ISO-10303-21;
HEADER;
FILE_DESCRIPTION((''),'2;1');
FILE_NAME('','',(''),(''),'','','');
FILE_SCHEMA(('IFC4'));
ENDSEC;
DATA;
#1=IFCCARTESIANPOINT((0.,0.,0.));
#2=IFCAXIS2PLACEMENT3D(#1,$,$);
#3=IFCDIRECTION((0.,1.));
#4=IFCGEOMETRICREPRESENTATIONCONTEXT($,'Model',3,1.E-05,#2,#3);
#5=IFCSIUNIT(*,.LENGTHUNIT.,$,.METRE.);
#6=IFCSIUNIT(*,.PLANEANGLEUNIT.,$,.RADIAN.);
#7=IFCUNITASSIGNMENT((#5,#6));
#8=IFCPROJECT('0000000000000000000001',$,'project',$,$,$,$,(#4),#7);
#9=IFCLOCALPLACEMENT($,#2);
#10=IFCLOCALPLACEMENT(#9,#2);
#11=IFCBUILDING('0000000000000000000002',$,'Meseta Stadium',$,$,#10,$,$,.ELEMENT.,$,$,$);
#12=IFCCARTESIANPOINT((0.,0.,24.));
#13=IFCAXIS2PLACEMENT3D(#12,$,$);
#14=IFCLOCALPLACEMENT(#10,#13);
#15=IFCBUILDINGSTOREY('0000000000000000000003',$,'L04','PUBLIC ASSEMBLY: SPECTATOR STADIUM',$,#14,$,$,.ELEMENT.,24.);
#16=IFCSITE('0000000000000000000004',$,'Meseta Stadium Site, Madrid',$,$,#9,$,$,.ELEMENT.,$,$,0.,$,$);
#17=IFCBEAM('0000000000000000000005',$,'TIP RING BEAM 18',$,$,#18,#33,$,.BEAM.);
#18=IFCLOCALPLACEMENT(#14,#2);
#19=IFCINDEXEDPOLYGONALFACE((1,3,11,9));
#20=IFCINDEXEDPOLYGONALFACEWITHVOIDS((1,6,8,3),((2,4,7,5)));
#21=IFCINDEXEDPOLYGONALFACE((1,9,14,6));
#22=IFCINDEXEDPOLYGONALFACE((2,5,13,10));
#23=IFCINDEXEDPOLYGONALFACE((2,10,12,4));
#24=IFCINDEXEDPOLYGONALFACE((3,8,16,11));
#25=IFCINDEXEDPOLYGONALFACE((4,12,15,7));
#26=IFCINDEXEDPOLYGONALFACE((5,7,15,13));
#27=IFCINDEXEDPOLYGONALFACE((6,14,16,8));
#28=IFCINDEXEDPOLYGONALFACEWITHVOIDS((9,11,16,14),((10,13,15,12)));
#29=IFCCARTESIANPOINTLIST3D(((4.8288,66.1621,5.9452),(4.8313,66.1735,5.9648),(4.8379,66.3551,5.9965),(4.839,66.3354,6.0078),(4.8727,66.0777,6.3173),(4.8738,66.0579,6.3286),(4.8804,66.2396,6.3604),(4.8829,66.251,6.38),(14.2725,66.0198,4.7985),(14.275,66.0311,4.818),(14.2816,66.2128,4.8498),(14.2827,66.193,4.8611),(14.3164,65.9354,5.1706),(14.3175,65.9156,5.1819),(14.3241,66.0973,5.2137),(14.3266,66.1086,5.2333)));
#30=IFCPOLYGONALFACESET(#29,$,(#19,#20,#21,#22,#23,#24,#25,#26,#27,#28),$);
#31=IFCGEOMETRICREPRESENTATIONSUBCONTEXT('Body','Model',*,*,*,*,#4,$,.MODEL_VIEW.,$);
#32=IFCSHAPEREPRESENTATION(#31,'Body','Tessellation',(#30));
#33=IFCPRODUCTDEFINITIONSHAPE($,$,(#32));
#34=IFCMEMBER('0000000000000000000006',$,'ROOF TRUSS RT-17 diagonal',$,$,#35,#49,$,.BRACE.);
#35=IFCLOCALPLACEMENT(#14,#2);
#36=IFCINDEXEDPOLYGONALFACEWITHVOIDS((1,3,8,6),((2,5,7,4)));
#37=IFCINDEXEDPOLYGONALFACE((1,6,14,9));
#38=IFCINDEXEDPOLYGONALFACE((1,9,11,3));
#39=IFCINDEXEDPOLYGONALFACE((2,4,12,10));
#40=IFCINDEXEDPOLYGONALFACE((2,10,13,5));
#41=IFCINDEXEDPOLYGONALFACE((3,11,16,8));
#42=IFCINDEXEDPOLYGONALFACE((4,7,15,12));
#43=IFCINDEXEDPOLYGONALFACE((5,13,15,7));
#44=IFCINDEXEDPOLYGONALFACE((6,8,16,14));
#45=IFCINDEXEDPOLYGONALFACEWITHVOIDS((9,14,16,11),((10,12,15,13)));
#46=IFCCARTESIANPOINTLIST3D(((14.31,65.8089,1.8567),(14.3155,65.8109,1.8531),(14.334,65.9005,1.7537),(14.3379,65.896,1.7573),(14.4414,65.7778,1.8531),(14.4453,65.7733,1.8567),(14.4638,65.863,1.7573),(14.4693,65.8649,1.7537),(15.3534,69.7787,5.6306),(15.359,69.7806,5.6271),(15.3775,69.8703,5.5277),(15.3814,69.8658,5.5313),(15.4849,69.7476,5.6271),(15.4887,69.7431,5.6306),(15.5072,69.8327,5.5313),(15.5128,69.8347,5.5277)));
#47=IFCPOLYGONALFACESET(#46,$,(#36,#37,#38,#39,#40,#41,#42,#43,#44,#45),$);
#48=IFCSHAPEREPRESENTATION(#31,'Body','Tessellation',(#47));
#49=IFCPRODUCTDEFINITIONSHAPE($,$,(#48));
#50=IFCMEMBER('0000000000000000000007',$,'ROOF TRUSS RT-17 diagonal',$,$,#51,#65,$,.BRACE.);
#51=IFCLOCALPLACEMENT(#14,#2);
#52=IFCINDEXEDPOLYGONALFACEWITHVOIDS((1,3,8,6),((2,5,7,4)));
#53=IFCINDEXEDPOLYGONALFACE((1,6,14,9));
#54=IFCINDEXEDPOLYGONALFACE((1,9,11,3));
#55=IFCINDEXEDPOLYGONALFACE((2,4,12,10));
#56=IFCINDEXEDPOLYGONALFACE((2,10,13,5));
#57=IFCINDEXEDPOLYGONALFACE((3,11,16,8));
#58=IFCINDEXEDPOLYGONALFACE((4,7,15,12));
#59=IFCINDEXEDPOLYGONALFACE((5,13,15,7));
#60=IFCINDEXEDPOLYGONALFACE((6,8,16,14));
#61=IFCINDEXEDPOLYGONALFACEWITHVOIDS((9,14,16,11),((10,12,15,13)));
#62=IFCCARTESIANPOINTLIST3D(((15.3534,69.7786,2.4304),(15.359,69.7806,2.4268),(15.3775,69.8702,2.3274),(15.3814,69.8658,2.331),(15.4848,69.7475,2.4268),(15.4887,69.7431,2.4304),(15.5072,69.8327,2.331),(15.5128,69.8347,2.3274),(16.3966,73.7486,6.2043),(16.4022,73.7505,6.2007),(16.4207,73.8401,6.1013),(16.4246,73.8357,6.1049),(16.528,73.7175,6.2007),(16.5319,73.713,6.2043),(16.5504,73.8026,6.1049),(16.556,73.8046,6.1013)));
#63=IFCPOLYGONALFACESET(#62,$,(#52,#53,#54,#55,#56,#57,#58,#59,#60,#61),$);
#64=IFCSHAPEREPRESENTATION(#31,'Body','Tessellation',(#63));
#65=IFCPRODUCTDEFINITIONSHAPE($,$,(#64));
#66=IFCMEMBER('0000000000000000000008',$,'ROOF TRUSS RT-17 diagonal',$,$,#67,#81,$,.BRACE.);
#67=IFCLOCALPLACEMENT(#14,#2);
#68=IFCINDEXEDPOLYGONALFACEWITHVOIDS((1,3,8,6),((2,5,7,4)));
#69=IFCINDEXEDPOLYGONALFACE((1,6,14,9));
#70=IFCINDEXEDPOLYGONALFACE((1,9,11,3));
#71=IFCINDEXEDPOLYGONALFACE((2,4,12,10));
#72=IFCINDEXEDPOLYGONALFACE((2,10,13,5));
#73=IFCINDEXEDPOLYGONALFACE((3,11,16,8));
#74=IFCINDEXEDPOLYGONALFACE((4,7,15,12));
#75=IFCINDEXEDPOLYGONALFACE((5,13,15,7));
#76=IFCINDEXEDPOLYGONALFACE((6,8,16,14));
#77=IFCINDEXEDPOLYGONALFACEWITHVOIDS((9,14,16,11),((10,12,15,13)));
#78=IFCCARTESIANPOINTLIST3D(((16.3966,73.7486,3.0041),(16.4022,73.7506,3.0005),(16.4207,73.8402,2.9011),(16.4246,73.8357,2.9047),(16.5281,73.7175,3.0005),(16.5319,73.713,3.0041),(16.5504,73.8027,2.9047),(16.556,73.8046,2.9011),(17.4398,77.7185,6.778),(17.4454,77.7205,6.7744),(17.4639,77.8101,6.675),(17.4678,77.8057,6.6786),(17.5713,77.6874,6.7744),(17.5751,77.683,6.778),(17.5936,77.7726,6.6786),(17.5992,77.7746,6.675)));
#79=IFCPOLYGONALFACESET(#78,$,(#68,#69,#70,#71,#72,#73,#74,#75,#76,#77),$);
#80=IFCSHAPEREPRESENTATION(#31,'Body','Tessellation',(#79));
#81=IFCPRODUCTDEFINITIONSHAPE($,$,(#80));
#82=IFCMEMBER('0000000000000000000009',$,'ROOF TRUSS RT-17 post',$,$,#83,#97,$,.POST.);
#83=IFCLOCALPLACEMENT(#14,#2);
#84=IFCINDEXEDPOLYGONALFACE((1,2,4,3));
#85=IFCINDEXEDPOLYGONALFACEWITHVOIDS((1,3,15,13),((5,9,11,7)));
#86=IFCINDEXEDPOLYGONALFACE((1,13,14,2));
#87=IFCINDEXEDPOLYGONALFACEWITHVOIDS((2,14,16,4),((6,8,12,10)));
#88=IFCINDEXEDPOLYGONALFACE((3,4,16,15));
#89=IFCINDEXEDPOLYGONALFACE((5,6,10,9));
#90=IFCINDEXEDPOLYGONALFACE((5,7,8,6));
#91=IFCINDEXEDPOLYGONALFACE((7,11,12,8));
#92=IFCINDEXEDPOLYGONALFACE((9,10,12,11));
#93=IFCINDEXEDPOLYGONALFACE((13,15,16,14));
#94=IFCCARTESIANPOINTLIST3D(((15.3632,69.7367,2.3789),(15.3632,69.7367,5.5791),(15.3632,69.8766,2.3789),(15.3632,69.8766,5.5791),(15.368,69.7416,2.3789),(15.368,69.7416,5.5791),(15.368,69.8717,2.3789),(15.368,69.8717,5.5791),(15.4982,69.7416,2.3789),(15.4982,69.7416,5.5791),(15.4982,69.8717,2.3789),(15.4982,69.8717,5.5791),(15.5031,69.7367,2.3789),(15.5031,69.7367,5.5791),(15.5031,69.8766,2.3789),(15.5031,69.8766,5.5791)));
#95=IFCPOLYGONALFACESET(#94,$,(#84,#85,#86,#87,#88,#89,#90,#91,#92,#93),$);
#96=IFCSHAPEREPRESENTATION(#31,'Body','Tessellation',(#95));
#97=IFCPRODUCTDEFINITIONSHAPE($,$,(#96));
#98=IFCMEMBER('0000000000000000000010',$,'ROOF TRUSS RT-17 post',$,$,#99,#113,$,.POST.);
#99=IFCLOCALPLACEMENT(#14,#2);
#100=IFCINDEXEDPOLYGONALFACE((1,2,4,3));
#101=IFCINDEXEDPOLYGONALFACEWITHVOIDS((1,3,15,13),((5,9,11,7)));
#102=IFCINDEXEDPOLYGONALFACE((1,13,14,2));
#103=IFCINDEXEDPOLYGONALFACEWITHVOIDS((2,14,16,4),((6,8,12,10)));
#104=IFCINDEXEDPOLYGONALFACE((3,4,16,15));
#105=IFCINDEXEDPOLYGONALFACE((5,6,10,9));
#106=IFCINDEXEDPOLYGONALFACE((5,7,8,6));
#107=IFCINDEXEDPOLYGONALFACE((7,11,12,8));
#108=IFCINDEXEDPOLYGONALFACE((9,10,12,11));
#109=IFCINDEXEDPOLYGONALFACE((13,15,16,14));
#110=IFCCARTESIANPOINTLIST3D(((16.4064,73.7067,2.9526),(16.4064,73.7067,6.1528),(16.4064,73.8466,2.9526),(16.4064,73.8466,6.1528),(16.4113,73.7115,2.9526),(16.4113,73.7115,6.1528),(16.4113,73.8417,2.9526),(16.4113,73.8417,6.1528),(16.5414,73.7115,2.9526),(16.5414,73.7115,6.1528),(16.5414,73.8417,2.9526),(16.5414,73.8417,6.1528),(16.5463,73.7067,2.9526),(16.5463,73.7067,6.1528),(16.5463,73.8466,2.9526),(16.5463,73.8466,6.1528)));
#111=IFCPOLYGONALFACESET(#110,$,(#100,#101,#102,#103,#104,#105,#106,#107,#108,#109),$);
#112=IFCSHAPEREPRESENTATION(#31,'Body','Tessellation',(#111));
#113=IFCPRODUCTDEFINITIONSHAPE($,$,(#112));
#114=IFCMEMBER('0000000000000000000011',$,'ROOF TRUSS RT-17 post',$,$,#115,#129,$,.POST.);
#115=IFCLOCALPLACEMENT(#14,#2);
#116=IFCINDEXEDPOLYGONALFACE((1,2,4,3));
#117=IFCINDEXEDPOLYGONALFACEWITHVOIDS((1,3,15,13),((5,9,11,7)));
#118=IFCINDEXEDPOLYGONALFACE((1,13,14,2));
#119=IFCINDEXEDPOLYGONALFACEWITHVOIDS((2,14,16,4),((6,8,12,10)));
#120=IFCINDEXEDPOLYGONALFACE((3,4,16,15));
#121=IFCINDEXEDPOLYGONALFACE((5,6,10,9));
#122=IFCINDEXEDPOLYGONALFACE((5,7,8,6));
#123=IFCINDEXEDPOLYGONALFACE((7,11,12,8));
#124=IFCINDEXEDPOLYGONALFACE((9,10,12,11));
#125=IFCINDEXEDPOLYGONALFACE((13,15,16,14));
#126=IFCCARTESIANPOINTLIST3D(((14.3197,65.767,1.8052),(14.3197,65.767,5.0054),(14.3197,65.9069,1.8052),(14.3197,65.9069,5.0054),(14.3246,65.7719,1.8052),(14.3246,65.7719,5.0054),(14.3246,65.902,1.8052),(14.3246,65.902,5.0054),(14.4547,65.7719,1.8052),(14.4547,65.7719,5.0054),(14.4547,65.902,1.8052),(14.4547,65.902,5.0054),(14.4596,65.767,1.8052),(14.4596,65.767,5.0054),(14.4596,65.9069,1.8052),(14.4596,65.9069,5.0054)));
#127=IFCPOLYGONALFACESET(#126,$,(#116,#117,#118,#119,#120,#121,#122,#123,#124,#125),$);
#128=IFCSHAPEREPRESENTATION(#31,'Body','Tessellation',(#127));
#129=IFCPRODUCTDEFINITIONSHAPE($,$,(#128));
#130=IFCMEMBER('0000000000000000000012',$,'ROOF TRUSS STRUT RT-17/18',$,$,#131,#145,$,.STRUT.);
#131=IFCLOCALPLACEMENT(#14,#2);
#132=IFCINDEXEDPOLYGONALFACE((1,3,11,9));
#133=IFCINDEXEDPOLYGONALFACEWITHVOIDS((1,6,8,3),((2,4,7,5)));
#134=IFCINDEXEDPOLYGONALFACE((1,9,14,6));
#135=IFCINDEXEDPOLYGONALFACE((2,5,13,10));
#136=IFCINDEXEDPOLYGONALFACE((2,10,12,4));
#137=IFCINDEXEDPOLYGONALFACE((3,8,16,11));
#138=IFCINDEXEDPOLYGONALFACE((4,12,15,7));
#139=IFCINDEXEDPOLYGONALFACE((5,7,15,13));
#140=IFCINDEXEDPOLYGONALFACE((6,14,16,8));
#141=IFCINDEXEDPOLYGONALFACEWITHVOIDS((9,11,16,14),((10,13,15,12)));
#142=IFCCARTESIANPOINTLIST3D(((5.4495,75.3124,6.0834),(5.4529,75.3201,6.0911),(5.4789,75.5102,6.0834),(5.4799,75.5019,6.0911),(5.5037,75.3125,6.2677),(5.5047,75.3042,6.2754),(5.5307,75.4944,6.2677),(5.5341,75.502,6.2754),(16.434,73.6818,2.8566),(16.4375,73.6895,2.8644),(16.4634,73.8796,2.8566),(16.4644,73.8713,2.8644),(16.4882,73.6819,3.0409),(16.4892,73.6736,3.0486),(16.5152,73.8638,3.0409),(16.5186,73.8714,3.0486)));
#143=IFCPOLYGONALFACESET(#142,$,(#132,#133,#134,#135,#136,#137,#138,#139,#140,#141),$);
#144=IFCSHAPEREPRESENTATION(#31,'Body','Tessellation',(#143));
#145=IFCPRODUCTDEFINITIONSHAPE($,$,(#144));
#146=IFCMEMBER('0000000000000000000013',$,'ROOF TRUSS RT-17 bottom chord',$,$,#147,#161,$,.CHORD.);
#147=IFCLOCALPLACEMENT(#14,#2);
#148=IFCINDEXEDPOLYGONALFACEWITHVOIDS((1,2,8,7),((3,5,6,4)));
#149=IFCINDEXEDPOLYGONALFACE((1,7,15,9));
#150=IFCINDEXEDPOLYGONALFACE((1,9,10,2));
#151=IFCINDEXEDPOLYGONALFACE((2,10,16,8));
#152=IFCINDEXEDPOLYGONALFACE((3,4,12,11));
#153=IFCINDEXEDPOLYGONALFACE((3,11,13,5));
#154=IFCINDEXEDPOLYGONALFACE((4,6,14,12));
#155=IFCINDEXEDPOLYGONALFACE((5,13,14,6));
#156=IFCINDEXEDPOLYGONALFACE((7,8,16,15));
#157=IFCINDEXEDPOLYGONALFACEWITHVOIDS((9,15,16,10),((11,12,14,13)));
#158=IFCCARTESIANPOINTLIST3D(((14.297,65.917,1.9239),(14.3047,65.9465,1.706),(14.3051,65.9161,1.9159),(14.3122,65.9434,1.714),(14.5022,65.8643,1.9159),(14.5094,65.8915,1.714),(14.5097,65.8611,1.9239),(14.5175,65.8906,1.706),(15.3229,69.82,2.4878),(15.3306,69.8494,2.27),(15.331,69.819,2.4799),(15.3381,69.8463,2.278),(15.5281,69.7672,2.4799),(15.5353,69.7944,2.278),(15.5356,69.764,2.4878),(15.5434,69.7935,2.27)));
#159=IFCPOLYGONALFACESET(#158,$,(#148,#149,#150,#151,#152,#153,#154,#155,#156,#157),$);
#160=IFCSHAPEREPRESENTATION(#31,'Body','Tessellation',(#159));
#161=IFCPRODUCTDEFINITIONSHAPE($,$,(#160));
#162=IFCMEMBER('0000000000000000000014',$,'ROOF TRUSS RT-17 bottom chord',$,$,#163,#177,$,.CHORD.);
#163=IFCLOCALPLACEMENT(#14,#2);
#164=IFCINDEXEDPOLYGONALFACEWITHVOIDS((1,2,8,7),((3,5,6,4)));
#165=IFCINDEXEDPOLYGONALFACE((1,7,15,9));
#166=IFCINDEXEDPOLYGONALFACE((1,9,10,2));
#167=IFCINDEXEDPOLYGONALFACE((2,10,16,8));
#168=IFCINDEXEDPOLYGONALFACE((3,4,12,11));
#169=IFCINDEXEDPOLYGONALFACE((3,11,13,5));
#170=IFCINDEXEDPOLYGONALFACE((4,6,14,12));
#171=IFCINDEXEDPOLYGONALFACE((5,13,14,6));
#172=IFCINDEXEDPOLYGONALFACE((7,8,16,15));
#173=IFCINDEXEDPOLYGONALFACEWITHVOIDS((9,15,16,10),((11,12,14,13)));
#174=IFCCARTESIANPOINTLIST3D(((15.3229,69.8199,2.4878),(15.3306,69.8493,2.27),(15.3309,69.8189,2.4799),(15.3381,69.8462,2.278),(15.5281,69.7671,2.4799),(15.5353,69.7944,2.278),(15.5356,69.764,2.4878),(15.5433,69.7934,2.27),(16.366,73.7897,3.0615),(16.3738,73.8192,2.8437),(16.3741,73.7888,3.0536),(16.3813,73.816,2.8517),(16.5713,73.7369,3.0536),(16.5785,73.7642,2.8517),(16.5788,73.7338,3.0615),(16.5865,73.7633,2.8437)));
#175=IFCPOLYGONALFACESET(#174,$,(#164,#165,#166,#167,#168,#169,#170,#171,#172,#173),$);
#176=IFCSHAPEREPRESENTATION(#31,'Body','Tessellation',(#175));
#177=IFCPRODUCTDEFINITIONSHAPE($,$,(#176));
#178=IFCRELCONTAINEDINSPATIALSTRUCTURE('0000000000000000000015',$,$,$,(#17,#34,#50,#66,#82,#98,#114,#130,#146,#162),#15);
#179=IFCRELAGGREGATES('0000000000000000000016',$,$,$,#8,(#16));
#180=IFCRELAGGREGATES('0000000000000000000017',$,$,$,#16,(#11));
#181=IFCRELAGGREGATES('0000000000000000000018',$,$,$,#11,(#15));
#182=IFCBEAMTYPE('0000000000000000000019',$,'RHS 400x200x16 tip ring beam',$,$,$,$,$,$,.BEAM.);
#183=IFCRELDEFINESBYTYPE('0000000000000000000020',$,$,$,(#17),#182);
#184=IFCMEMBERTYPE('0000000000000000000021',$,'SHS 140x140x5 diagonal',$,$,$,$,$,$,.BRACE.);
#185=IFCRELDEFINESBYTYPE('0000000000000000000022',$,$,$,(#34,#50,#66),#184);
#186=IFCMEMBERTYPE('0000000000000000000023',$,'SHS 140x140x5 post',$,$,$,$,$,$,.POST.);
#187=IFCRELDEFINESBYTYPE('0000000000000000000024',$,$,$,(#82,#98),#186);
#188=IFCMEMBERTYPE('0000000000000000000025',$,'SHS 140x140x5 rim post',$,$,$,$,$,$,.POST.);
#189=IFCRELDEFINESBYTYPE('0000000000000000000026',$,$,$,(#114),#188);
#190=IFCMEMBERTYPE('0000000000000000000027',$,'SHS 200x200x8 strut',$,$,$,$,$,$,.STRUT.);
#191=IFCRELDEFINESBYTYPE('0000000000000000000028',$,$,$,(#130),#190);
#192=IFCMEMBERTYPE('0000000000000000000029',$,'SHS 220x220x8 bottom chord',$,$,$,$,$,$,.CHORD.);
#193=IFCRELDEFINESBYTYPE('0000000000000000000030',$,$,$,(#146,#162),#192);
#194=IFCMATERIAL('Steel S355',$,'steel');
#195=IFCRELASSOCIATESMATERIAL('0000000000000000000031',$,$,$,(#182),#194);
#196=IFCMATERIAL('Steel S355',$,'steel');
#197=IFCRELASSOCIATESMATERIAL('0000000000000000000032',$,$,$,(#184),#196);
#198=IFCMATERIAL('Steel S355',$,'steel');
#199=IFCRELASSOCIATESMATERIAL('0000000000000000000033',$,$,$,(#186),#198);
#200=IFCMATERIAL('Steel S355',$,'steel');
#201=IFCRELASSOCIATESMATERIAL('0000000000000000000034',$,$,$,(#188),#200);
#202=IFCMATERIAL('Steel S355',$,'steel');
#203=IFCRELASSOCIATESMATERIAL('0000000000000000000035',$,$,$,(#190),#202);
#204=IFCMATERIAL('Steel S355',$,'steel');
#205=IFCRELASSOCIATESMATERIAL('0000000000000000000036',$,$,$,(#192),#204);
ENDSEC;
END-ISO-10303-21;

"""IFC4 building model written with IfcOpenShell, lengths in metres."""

from ifc_helpers import new_model, si_unit, direction, frame, origin, origin_2d, place, context, subcontext, project, spatial, hollow_rectangle, extrude, material, material_profile, profile_set, type_object, element, save


model = new_model("IFC4")

# Units and contexts
model_context = context("Model", 3, precision=1e-05, world=origin(), true_north=direction((0.0, 1.0)))
body_context = subcontext(model_context, "Body", "Model", "MODEL_VIEW")
ifc_project = project(units=[si_unit("LENGTHUNIT", "METRE"), si_unit("PLANEANGLEUNIT", "RADIAN")], contexts=[model_context])

# Site, building, storey
site_placement = place(None, origin())
site = spatial("IfcSite", under=ifc_project, at=site_placement, Name="Meseta Stadium Site, Madrid", CompositionType="ELEMENT", RefElevation=0.0)
building_placement = place(site_placement, origin())
building = spatial("IfcBuilding", under=site, at=building_placement, Name="Meseta Stadium", CompositionType="ELEMENT")
storey_placement = place(building_placement, frame((0.0, 0.0, 24.0)))
storey = spatial("IfcBuildingStorey", under=building, at=storey_placement, Name="L04", Description="PUBLIC ASSEMBLY: SPECTATOR STADIUM", CompositionType="ELEMENT", Elevation=24.0)

# Beam
ifc_material_1 = material(Name="Steel S355", Category="steel")
ifc_material_profile_1 = material_profile(ifc_material_1, hollow_rectangle(XDim=0.2, YDim=0.3999, WallThickness=0.0161, at=origin_2d()), Name="RHS 400x200x16")
ifc_profile_set_1 = profile_set([ifc_material_profile_1], Name="Steel S355")
beam_type = type_object("IfcBeamType", Name="RHS 400x200x16 tip ring beam", PredefinedType="BEAM", material=ifc_profile_set_1)
beam_placement = place(storey_placement, frame((14.2996, 66.0642, 5.0159), z_axis=(-0.992597, 0.01496, 0.120527), x_axis=(-0.045738, -0.965369, -0.256848)))
element("IfcBeam", 1, at=beam_placement, inside=storey, type_object=beam_type, Name="TIP RING BEAM 18", PredefinedType="BEAM", context=body_context, shape_type="SweptSolid", body=[
    extrude(hollow_rectangle(XDim=0.2, YDim=0.3999, WallThickness=0.0161, at=origin_2d()), origin(), (0.0, 0.0, 1.0), 9.5142),
])

# Members
ifc_material_2 = material(Name="Steel S355", Category="steel")
ifc_material_profile_2 = material_profile(ifc_material_2, hollow_rectangle(XDim=0.1399, YDim=0.1399, WallThickness=0.0049, at=origin_2d()), Name="SHS 140x140x5")
ifc_profile_set_2 = profile_set([ifc_material_profile_2], Name="Steel S355")
member_type_1 = type_object("IfcMemberType", Name="SHS 140x140x5 diagonal", PredefinedType="BRACE", material=ifc_profile_set_2)
for number, where, z_axis, x_axis, name in (
    (2, (14.3896, 65.8369, 1.8052), (0.187139, 0.711951, 0.676835), (-0.967147, 0.254218, 0.0), "ROOF TRUSS RT-17 diagonal"),
    (3, (15.4331, 69.8066, 2.3789), (0.187091, 0.711978, 0.676819), (-0.967165, 0.254148, 0.0), "ROOF TRUSS RT-17 diagonal"),
    (4, (16.4763, 73.7766, 2.9526), (0.187091, 0.711978, 0.676819), (-0.967165, 0.254148, 0.0), "ROOF TRUSS RT-17 diagonal"),
):
    element("IfcMember", number, at=place(storey_placement, frame(where, z_axis=z_axis, x_axis=x_axis)), inside=storey, type_object=member_type_1, Name=name, PredefinedType="BRACE", context=body_context, shape_type="SweptSolid", body=[
        extrude(hollow_rectangle(XDim=0.1399, YDim=0.1399, WallThickness=0.0049, at=origin_2d()), origin(), (0.0, 0.0, 1.0), 5.5759),
    ])
ifc_material_3 = material(Name="Steel S355", Category="steel")
ifc_material_profile_3 = material_profile(ifc_material_3, hollow_rectangle(XDim=0.1399, YDim=0.1399, WallThickness=0.0049, at=origin_2d()), Name="SHS 140x140x5")
ifc_profile_set_3 = profile_set([ifc_material_profile_3], Name="Steel S355")
member_type_2 = type_object("IfcMemberType", Name="SHS 140x140x5 post", PredefinedType="POST", material=ifc_profile_set_3)
for number, where, z_axis, x_axis, name in (
    (5, (15.4331, 69.8066, 2.3789), (0.0, 0.0, 1.0), (1.0, 0.0, 0.0), "ROOF TRUSS RT-17 post"),
    (6, (16.4763, 73.7766, 2.9526), (0.0, 0.0, 1.0), (1.0, 0.0, 0.0), "ROOF TRUSS RT-17 post"),
):
    element("IfcMember", number, at=place(storey_placement, frame(where, z_axis=z_axis, x_axis=x_axis)), inside=storey, type_object=member_type_2, Name=name, PredefinedType="POST", context=body_context, shape_type="SweptSolid", body=[
        extrude(hollow_rectangle(XDim=0.1399, YDim=0.1399, WallThickness=0.0049, at=origin_2d()), origin(), (0.0, 0.0, 1.0), 3.2002),
    ])
ifc_material_4 = material(Name="Steel S355", Category="steel")
ifc_material_profile_4 = material_profile(ifc_material_4, hollow_rectangle(XDim=0.1399, YDim=0.1399, WallThickness=0.0049, at=origin_2d()), Name="SHS 140x140x5")
ifc_profile_set_4 = profile_set([ifc_material_profile_4], Name="Steel S355")
member_type_3 = type_object("IfcMemberType", Name="SHS 140x140x5 rim post", PredefinedType="POST", material=ifc_profile_set_4)
member_1_placement = place(storey_placement, frame((14.3896, 65.8369, 1.8052), z_axis=(0.0, 0.0, 1.0), x_axis=(1.0, 0.0, 0.0)))
element("IfcMember", 7, at=member_1_placement, inside=storey, type_object=member_type_3, Name="ROOF TRUSS RT-17 post", PredefinedType="POST", context=body_context, shape_type="SweptSolid", body=[
    extrude(hollow_rectangle(XDim=0.1399, YDim=0.1399, WallThickness=0.0049, at=origin_2d()), origin(), (0.0, 0.0, 1.0), 3.2002),
])
ifc_material_5 = material(Name="Steel S355", Category="steel")
ifc_material_profile_5 = material_profile(ifc_material_5, hollow_rectangle(XDim=0.2, YDim=0.2, WallThickness=0.0081, at=origin_2d()), Name="SHS 200x200x8")
ifc_profile_set_5 = profile_set([ifc_material_profile_5], Name="Steel S355")
member_type_4 = type_object("IfcMemberType", Name="SHS 200x200x8 strut", PredefinedType="STRUT", material=ifc_profile_set_5)
member_2_placement = place(storey_placement, frame((16.4763, 73.7766, 2.9526), z_axis=(-0.949873, 0.141004, 0.279032), x_axis=(-0.146836, -0.989161, 0.0)))
element("IfcMember", 8, at=member_2_placement, inside=storey, type_object=member_type_4, Name="ROOF TRUSS STRUT RT-17/18", PredefinedType="STRUT", context=body_context, shape_type="SweptSolid", body=[
    extrude(hollow_rectangle(XDim=0.2, YDim=0.2, WallThickness=0.0081, at=origin_2d()), origin(), (0.0, 0.0, 1.0), 11.5642),
])
ifc_material_6 = material(Name="Steel S355", Category="steel")
ifc_material_profile_6 = material_profile(ifc_material_6, hollow_rectangle(XDim=0.22, YDim=0.22, WallThickness=0.0081, at=origin_2d()), Name="SHS 220x220x8")
ifc_profile_set_6 = profile_set([ifc_material_profile_6], Name="Steel S355")
member_type_5 = type_object("IfcMemberType", Name="SHS 220x220x8 bottom chord", PredefinedType="CHORD", material=ifc_profile_set_6)
member_3_placement = place(storey_placement, frame((14.4072, 65.9038, 1.8149), z_axis=(0.251772, 0.957838, 0.138409), x_axis=(-0.967147, 0.254219, 0.0)))
element("IfcMember", 9, at=member_3_placement, inside=storey, type_object=member_type_5, Name="ROOF TRUSS RT-17 bottom chord", PredefinedType="CHORD", context=body_context, shape_type="SweptSolid", body=[
    extrude(hollow_rectangle(XDim=0.22, YDim=0.22, WallThickness=0.0081, at=origin_2d()), origin(), (0.0, 0.0, 1.0), 4.0747),
])
for number, where, z_axis, x_axis, name in (
    (10, (15.4331, 69.8066, 2.3789), (0.251701, 0.957854, 0.138427), (-0.967165, 0.254148, 0.0), "ROOF TRUSS RT-17 bottom chord"),
):
    element("IfcMember", number, at=place(storey_placement, frame(where, z_axis=z_axis, x_axis=x_axis)), inside=storey, type_object=member_type_5, Name=name, PredefinedType="CHORD", context=body_context, shape_type="SweptSolid", body=[
        extrude(hollow_rectangle(XDim=0.22, YDim=0.22, WallThickness=0.0081, at=origin_2d()), origin(), (0.0, 0.0, 1.0), 4.1445),
    ])

save(model, "model.ifc")
